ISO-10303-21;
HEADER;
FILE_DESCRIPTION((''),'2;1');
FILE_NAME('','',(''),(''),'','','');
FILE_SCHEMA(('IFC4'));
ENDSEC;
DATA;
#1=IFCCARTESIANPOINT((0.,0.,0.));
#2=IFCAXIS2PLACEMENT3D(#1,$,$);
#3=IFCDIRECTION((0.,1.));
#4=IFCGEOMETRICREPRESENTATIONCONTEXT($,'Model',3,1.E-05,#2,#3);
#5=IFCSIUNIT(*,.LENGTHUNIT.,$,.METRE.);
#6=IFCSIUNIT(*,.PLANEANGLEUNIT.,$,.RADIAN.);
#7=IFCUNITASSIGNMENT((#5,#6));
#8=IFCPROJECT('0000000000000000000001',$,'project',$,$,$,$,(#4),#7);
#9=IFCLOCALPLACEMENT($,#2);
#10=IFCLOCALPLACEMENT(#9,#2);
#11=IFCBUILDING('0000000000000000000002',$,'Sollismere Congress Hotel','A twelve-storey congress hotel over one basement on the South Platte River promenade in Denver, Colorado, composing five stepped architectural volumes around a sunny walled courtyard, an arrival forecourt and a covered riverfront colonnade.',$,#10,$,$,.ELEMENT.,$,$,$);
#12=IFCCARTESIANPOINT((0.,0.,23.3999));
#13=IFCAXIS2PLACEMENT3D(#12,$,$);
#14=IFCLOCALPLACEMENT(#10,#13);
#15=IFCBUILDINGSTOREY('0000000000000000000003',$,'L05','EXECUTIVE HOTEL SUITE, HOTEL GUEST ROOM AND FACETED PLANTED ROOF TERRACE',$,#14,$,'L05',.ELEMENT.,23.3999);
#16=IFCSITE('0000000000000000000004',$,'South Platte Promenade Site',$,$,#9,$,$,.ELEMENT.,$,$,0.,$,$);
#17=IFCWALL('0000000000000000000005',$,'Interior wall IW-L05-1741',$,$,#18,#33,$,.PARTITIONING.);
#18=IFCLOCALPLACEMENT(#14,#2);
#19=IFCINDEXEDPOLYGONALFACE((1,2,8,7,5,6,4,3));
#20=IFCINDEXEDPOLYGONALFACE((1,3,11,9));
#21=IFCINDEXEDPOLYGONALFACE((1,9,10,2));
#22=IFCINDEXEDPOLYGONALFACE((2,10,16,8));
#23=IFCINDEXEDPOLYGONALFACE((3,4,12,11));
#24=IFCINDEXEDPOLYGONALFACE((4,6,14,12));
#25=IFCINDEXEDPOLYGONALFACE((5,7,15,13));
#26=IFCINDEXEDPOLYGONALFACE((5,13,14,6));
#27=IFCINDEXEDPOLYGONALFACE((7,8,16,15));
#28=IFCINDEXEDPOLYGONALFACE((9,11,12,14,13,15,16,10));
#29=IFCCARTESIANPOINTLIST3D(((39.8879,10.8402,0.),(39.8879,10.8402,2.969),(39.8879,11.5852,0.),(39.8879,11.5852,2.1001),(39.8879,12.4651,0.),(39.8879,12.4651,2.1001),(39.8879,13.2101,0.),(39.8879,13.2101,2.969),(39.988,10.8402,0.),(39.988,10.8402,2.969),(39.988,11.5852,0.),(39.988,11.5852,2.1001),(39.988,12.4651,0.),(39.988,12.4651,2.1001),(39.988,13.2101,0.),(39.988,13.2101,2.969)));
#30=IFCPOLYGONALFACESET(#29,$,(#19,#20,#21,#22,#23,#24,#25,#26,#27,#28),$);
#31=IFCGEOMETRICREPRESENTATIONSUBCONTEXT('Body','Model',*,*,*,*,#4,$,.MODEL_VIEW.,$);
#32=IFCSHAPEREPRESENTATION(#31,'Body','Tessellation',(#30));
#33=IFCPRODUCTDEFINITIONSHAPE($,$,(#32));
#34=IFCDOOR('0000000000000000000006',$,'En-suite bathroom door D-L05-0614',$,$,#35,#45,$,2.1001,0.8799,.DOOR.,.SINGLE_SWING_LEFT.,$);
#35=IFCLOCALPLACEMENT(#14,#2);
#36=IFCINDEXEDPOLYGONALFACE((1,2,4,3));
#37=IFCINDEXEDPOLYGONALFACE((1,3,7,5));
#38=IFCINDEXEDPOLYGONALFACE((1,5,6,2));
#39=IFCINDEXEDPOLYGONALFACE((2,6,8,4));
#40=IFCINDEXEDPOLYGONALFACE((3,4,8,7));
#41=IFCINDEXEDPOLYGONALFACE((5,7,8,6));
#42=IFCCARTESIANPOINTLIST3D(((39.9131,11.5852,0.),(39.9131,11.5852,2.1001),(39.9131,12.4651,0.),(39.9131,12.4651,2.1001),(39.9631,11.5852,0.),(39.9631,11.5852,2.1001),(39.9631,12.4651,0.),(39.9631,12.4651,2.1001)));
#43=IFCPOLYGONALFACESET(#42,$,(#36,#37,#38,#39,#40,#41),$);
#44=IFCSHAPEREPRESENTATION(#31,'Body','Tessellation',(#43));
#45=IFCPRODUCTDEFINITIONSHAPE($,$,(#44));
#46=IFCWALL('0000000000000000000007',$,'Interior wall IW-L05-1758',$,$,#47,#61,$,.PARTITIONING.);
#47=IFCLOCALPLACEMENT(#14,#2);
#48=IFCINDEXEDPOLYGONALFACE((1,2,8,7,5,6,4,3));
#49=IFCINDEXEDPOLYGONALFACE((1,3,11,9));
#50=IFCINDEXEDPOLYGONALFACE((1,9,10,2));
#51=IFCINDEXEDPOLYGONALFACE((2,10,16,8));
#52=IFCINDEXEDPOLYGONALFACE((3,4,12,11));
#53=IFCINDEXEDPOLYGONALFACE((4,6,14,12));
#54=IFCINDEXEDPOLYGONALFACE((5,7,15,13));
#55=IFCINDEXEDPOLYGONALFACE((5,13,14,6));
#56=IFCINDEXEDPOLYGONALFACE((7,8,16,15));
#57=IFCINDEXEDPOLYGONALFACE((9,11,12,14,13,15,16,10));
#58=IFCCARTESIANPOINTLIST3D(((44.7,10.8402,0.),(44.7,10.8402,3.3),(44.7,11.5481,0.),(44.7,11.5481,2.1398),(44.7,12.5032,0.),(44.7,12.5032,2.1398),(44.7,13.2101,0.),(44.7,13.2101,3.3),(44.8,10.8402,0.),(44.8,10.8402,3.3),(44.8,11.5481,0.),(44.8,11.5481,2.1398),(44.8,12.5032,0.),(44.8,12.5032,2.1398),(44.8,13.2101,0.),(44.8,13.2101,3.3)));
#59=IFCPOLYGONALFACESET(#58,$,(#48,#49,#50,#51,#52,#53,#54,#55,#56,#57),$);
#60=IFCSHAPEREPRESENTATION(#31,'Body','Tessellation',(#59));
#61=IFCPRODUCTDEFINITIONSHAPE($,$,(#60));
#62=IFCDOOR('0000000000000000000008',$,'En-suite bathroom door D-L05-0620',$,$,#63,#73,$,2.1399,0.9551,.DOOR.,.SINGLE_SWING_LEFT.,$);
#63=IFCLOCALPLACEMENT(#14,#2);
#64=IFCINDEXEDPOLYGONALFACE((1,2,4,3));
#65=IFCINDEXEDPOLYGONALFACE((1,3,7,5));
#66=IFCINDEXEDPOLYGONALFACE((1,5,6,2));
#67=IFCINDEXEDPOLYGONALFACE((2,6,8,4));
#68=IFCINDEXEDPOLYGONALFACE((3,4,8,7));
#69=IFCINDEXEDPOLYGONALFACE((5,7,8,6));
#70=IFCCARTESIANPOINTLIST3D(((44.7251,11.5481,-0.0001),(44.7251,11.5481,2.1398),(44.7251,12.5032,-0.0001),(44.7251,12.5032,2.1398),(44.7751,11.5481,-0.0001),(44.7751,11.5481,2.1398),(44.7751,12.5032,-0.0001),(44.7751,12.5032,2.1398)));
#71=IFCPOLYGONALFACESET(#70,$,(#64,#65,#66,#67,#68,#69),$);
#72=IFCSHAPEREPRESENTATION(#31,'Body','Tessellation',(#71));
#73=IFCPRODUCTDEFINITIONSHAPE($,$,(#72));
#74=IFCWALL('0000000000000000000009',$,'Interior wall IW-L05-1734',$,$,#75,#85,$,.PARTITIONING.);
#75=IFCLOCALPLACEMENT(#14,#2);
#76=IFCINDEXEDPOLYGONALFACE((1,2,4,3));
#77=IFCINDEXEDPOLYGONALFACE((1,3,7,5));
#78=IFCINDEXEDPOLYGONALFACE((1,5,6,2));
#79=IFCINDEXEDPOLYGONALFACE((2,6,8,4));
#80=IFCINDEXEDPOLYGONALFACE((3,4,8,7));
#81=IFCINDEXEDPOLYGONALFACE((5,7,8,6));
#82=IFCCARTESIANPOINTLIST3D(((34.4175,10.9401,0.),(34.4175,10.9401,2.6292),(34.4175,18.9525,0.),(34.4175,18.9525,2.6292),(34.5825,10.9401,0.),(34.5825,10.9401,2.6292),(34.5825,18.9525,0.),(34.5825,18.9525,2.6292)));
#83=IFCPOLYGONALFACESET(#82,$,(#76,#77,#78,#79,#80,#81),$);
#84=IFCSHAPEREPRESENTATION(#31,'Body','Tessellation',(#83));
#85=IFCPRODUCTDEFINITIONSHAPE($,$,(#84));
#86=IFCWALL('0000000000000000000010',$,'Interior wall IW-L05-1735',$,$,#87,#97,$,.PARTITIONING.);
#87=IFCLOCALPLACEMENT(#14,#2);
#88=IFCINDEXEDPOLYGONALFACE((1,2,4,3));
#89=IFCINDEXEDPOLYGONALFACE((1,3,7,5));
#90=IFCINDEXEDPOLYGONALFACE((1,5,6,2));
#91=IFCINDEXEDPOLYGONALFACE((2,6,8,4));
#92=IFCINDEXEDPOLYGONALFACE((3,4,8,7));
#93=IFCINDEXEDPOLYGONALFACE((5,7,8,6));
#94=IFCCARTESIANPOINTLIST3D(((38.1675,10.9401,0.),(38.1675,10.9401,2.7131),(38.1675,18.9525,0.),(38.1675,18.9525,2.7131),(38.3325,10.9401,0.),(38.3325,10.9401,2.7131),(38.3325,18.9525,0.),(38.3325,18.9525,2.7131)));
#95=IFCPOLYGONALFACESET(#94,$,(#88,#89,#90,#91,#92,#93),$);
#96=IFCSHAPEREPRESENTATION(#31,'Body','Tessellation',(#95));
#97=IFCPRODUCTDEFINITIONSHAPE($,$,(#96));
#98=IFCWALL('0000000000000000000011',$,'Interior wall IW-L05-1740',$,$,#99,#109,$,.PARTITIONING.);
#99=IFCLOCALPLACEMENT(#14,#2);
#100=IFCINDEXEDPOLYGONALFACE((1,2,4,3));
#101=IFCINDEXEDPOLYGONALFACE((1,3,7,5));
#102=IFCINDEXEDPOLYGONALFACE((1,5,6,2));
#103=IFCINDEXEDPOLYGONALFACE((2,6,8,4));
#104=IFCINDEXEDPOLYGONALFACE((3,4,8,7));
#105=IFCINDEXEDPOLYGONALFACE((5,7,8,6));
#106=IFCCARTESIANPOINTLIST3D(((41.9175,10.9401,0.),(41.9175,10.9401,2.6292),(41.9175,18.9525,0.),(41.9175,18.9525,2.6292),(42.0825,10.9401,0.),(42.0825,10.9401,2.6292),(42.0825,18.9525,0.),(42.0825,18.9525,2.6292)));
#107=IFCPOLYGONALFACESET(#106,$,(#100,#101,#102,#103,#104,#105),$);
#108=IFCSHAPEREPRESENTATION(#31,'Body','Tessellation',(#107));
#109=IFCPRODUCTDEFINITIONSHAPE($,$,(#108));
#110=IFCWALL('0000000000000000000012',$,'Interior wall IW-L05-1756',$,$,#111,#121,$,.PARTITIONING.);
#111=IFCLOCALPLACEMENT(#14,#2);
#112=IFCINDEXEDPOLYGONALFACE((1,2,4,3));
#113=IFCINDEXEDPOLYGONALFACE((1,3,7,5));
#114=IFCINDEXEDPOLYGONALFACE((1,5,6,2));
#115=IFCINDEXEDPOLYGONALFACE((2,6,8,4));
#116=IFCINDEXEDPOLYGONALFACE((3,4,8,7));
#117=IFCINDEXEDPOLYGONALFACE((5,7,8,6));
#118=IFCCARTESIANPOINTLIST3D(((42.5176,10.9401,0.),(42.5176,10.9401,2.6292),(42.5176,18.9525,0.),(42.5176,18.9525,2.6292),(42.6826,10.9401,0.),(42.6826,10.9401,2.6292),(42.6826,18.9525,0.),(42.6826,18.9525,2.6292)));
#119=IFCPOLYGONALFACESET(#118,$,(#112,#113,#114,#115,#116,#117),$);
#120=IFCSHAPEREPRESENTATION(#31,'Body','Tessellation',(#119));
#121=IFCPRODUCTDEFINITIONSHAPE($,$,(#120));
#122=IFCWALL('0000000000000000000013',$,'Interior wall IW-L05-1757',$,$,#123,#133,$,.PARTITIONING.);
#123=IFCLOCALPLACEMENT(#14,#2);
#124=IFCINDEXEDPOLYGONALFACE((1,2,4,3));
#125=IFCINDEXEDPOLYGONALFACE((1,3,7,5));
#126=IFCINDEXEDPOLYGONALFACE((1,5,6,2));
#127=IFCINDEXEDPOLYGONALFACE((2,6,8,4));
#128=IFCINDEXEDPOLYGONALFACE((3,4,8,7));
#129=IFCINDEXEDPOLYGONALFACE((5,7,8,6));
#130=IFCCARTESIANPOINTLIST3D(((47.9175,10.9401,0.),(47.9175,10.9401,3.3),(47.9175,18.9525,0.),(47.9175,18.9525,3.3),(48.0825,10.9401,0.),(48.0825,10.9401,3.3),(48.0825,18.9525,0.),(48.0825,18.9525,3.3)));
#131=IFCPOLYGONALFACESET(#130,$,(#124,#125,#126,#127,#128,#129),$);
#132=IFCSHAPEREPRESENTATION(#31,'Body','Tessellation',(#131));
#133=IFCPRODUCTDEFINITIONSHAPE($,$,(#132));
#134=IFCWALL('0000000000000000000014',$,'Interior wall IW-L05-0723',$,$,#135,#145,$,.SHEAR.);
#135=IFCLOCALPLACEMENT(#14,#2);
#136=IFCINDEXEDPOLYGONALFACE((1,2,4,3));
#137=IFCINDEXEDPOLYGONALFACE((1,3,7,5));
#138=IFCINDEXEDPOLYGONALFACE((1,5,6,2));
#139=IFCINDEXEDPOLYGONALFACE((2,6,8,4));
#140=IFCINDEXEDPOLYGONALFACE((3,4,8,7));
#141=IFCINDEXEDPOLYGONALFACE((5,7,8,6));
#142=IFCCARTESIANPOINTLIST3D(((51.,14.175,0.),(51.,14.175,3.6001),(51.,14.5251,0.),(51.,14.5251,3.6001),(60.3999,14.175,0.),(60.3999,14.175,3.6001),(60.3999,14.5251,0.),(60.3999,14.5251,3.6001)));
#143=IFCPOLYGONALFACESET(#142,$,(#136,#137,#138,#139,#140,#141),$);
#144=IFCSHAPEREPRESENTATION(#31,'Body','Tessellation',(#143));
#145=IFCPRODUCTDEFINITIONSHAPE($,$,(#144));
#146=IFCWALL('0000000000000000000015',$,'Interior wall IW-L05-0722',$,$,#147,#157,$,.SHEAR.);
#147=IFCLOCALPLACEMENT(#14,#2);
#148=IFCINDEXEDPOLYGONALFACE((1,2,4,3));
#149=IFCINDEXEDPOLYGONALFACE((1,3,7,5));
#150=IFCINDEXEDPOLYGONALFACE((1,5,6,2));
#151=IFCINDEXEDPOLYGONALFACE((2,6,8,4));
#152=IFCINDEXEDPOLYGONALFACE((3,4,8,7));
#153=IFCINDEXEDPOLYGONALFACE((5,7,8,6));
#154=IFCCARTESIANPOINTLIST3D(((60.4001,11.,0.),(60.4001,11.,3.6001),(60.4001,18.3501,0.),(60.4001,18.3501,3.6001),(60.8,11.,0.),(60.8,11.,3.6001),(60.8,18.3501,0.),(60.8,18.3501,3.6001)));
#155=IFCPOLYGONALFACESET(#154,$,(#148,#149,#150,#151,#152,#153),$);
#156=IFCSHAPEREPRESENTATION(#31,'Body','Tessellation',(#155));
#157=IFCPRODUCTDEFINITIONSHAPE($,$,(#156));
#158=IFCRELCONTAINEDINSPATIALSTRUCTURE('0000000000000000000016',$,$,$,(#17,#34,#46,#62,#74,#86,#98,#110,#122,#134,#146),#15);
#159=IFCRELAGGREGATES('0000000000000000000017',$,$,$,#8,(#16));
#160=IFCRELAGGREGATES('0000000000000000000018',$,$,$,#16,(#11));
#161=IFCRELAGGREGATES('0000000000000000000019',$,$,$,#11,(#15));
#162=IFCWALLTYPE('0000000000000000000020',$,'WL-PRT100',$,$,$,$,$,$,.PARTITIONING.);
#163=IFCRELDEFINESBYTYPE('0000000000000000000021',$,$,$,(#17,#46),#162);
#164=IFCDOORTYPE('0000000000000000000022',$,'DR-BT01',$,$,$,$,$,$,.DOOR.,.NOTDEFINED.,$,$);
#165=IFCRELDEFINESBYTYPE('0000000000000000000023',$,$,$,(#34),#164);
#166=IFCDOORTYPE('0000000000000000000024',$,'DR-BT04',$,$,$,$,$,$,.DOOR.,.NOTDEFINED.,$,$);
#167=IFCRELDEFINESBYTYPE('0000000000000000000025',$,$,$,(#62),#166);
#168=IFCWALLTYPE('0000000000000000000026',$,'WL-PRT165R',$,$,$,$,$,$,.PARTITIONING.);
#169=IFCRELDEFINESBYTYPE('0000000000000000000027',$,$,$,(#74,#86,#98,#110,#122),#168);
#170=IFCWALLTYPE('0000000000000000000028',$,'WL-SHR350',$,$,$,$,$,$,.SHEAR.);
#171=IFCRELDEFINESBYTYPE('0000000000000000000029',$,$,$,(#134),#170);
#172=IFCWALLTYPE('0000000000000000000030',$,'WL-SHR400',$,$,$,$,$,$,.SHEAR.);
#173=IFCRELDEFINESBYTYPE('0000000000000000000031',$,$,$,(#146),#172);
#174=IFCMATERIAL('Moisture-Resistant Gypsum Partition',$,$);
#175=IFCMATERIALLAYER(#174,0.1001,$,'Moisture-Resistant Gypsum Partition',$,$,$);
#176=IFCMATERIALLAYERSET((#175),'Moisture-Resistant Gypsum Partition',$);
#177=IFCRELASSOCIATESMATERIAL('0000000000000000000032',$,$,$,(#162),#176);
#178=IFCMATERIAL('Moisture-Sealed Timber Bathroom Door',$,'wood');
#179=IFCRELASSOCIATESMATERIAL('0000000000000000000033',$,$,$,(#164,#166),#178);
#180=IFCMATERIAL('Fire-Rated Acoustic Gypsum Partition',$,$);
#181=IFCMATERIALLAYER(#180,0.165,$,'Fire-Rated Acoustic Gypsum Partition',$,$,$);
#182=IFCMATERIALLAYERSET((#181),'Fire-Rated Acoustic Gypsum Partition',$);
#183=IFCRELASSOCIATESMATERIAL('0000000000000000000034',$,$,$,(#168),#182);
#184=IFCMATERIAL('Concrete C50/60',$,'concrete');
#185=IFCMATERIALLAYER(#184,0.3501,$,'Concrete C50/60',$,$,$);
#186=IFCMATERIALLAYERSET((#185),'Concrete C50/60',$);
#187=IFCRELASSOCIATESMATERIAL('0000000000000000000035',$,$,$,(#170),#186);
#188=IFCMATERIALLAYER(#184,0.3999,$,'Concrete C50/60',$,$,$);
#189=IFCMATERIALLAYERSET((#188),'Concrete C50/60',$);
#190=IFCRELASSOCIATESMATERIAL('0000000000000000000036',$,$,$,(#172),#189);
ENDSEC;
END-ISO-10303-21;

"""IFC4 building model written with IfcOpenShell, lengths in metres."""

from ifc_helpers import new_model, si_unit, direction, frame, frame_2d, origin, place, context, subcontext, project, spatial, rectangle, extrude, material, layer, layer_set, type_object, element, fill, save


model = new_model("IFC4")

# Units and contexts
model_context = context("Model", 3, precision=1e-05, world=origin(), true_north=direction((0.0, 1.0)))
body_context = subcontext(model_context, "Body", "Model", "MODEL_VIEW")
ifc_project = project(units=[si_unit("LENGTHUNIT", "METRE"), si_unit("PLANEANGLEUNIT", "RADIAN")], contexts=[model_context])

# Site, building, storey
site_placement = place(None, origin())
site = spatial("IfcSite", under=ifc_project, at=site_placement, Name="South Platte Promenade Site", CompositionType="ELEMENT", RefElevation=0.0)
building_placement = place(site_placement, origin())
building = spatial("IfcBuilding", under=site, at=building_placement, Name="Sollismere Congress Hotel", Description="A twelve-storey congress hotel over one basement on the South Platte River promenade in Denver, Colorado, composing five stepped architectural volumes around a sunny walled courtyard, an arrival forecourt and a covered riverfront colonnade.", CompositionType="ELEMENT")
storey_placement = place(building_placement, frame((0.0, 0.0, 23.3999)))
storey = spatial("IfcBuildingStorey", under=building, at=storey_placement, Name="L05", Description="EXECUTIVE HOTEL SUITE, HOTEL GUEST ROOM AND FACETED PLANTED ROOF TERRACE", LongName="L05", CompositionType="ELEMENT", Elevation=23.3999)

# Walls, openings, doors
ifc_material_1 = material(Name="Moisture-Resistant Gypsum Partition")
ifc_layer_1 = layer(ifc_material_1, 0.1001, Name="Moisture-Resistant Gypsum Partition")
ifc_layer_set_1 = layer_set([ifc_layer_1], Name="Moisture-Resistant Gypsum Partition")
wall_type_1 = type_object("IfcWallType", Name="WL-PRT100", PredefinedType="PARTITIONING", material=ifc_layer_set_1)
ifc_material_2 = material(Name="Moisture-Sealed Timber Bathroom Door", Category="wood")
wall_1_placement = place(storey_placement, frame((39.938, 10.8401, 0.0), z_axis=(0.0, 0.0, 1.0), x_axis=(0.0, 1.0, 0.0)))
wall_1 = element("IfcWall", 1, at=wall_1_placement, inside=storey, type_object=wall_type_1, Name="Interior wall IW-L05-1741", PredefinedType="PARTITIONING", context=body_context, shape_type="SweptSolid", body=[
    extrude(rectangle(XDim=2.3699, YDim=0.1001, at=frame_2d((1.1851, 0.0))), origin(), (0.0, 0.0, 1.0), 2.969),
])
opening_1_placement = place(wall_1_placement, frame((0.7451, 0.0, 0.0)))
opening_1 = element("IfcOpeningElement", 2, at=opening_1_placement, cuts=wall_1, PredefinedType="OPENING", context=body_context, shape_type="SweptSolid", body=[
    extrude(rectangle(XDim=0.8799, YDim=2.1001, at=frame_2d((0.4399, 1.05))), frame((0.0, 0.0601, 0.0), z_axis=(0.0, -1.0, 0.0), x_axis=(1.0, 0.0, 0.0)), (0.0, 0.0, 1.0), 0.1201),
])
door_type_1 = type_object("IfcDoorType", Name="DR-BT01", OperationType="NOTDEFINED", PredefinedType="DOOR", material=ifc_material_2)
door_1_placement = place(opening_1_placement, origin())
door_1 = element("IfcDoor", 3, at=door_1_placement, inside=storey, type_object=door_type_1, Name="En-suite bathroom door D-L05-0614", OperationType="SINGLE_SWING_LEFT", OverallHeight=2.1001, OverallWidth=0.8799, PredefinedType="DOOR", context=body_context, shape_type="SweptSolid", body=[
    extrude(rectangle(XDim=0.8799, YDim=2.1001, at=frame_2d((0.4399, 1.05))), frame((0.0, 0.0249, 0.0), z_axis=(0.0, -1.0, 0.0), x_axis=(1.0, 0.0, 0.0)), (0.0, 0.0, 1.0), 0.05),
])
fill(opening_1, door_1)
wall_2_placement = place(storey_placement, frame((44.75, 10.8401, 0.0), z_axis=(0.0, 0.0, 1.0), x_axis=(0.0, 1.0, 0.0)))
wall_2 = element("IfcWall", 4, at=wall_2_placement, inside=storey, type_object=wall_type_1, Name="Interior wall IW-L05-1758", PredefinedType="PARTITIONING", context=body_context, shape_type="SweptSolid", body=[
    extrude(rectangle(XDim=2.3699, YDim=0.1001, at=frame_2d((1.1851, 0.0))), origin(), (0.0, 0.0, 1.0), 3.3),
])
opening_2_placement = place(wall_2_placement, frame((0.708, 0.0, 0.0)))
opening_2 = element("IfcOpeningElement", 5, at=opening_2_placement, cuts=wall_2, PredefinedType="OPENING", context=body_context, shape_type="SweptSolid", body=[
    extrude(rectangle(XDim=0.9551, YDim=2.1399, at=frame_2d((0.4775, 1.0698))), frame((0.0, 0.0601, 0.0), z_axis=(0.0, -1.0, 0.0), x_axis=(1.0, 0.0, 0.0)), (0.0, 0.0, 1.0), 0.1201),
])
door_type_2 = type_object("IfcDoorType", Name="DR-BT04", OperationType="NOTDEFINED", PredefinedType="DOOR", material=ifc_material_2)
door_2_placement = place(opening_2_placement, origin())
door_2 = element("IfcDoor", 6, at=door_2_placement, inside=storey, type_object=door_type_2, Name="En-suite bathroom door D-L05-0620", OperationType="SINGLE_SWING_LEFT", OverallHeight=2.1399, OverallWidth=0.9551, PredefinedType="DOOR", context=body_context, shape_type="SweptSolid", body=[
    extrude(rectangle(XDim=0.9551, YDim=2.1399, at=frame_2d((0.4775, 1.0698))), frame((0.0, 0.0249, 0.0), z_axis=(0.0, -1.0, 0.0), x_axis=(1.0, 0.0, 0.0)), (0.0, 0.0, 1.0), 0.05),
])
fill(opening_2, door_2)

# Walls
ifc_material_3 = material(Name="Fire-Rated Acoustic Gypsum Partition")
ifc_layer_2 = layer(ifc_material_3, 0.165, Name="Fire-Rated Acoustic Gypsum Partition")
ifc_layer_set_2 = layer_set([ifc_layer_2], Name="Fire-Rated Acoustic Gypsum Partition")
wall_type_2 = type_object("IfcWallType", Name="WL-PRT165R", PredefinedType="PARTITIONING", material=ifc_layer_set_2)
wall_3_placement = place(storey_placement, frame((34.5, 10.9399, 0.0), z_axis=(0.0, 0.0, 1.0), x_axis=(0.0, 1.0, 0.0)))
element("IfcWall", 7, at=wall_3_placement, inside=storey, type_object=wall_type_2, Name="Interior wall IW-L05-1734", PredefinedType="PARTITIONING", context=body_context, shape_type="SweptSolid", body=[
    extrude(rectangle(XDim=8.0125, YDim=0.165, at=frame_2d((4.0063, 0.0))), origin(), (0.0, 0.0, 1.0), 2.6292),
])
wall_4_placement = place(storey_placement, frame((38.25, 10.9399, 0.0), z_axis=(0.0, 0.0, 1.0), x_axis=(0.0, 1.0, 0.0)))
element("IfcWall", 8, at=wall_4_placement, inside=storey, type_object=wall_type_2, Name="Interior wall IW-L05-1735", PredefinedType="PARTITIONING", context=body_context, shape_type="SweptSolid", body=[
    extrude(rectangle(XDim=8.0125, YDim=0.165, at=frame_2d((4.0063, 0.0))), origin(), (0.0, 0.0, 1.0), 2.7131),
])
for number, where, z_axis, x_axis, name in (
    (9, (42.0, 10.9399, 0.0), (0.0, 0.0, 1.0), (0.0, 1.0, 0.0), "Interior wall IW-L05-1740"),
    (10, (42.6001, 10.9399, 0.0), (0.0, 0.0, 1.0), (0.0, 1.0, 0.0), "Interior wall IW-L05-1756"),
):
    element("IfcWall", number, at=place(storey_placement, frame(where, z_axis=z_axis, x_axis=x_axis)), inside=storey, type_object=wall_type_2, Name=name, PredefinedType="PARTITIONING", context=body_context, shape_type="SweptSolid", body=[
        extrude(rectangle(XDim=8.0125, YDim=0.165, at=frame_2d((4.0063, 0.0))), origin(), (0.0, 0.0, 1.0), 2.6292),
    ])
wall_5_placement = place(storey_placement, frame((48.0, 10.9399, 0.0), z_axis=(0.0, 0.0, 1.0), x_axis=(0.0, 1.0, 0.0)))
element("IfcWall", 11, at=wall_5_placement, inside=storey, type_object=wall_type_2, Name="Interior wall IW-L05-1757", PredefinedType="PARTITIONING", context=body_context, shape_type="SweptSolid", body=[
    extrude(rectangle(XDim=8.0125, YDim=0.165, at=frame_2d((4.0063, 0.0))), origin(), (0.0, 0.0, 1.0), 3.3),
])
ifc_material_4 = material(Name="Concrete C50/60", Category="concrete")
ifc_layer_3 = layer(ifc_material_4, 0.3501, Name="Concrete C50/60")
ifc_layer_set_3 = layer_set([ifc_layer_3], Name="Concrete C50/60")
wall_type_3 = type_object("IfcWallType", Name="WL-SHR350", PredefinedType="SHEAR", material=ifc_layer_set_3)
wall_6_placement = place(storey_placement, frame((51.0, 14.3501, 0.0), z_axis=(0.0, 0.0, 1.0), x_axis=(1.0, 0.0, 0.0)))
element("IfcWall", 12, at=wall_6_placement, inside=storey, type_object=wall_type_3, Name="Interior wall IW-L05-0723", PredefinedType="SHEAR", context=body_context, shape_type="SweptSolid", body=[
    extrude(rectangle(XDim=9.3999, YDim=0.3501, at=frame_2d((4.7, 0.0))), origin(), (0.0, 0.0, 1.0), 3.6001),
])
ifc_layer_4 = layer(ifc_material_4, 0.3999, Name="Concrete C50/60")
ifc_layer_set_4 = layer_set([ifc_layer_4], Name="Concrete C50/60")
wall_type_4 = type_object("IfcWallType", Name="WL-SHR400", PredefinedType="SHEAR", material=ifc_layer_set_4)
wall_7_placement = place(storey_placement, frame((60.6001, 11.0, 0.0), z_axis=(0.0, 0.0, 1.0), x_axis=(0.0, 1.0, 0.0)))
element("IfcWall", 13, at=wall_7_placement, inside=storey, type_object=wall_type_4, Name="Interior wall IW-L05-0722", PredefinedType="SHEAR", context=body_context, shape_type="SweptSolid", body=[
    extrude(rectangle(XDim=7.3501, YDim=0.3999, at=frame_2d((3.675, 0.0))), origin(), (0.0, 0.0, 1.0), 3.6001),
])

save(model, "model.ifc")
